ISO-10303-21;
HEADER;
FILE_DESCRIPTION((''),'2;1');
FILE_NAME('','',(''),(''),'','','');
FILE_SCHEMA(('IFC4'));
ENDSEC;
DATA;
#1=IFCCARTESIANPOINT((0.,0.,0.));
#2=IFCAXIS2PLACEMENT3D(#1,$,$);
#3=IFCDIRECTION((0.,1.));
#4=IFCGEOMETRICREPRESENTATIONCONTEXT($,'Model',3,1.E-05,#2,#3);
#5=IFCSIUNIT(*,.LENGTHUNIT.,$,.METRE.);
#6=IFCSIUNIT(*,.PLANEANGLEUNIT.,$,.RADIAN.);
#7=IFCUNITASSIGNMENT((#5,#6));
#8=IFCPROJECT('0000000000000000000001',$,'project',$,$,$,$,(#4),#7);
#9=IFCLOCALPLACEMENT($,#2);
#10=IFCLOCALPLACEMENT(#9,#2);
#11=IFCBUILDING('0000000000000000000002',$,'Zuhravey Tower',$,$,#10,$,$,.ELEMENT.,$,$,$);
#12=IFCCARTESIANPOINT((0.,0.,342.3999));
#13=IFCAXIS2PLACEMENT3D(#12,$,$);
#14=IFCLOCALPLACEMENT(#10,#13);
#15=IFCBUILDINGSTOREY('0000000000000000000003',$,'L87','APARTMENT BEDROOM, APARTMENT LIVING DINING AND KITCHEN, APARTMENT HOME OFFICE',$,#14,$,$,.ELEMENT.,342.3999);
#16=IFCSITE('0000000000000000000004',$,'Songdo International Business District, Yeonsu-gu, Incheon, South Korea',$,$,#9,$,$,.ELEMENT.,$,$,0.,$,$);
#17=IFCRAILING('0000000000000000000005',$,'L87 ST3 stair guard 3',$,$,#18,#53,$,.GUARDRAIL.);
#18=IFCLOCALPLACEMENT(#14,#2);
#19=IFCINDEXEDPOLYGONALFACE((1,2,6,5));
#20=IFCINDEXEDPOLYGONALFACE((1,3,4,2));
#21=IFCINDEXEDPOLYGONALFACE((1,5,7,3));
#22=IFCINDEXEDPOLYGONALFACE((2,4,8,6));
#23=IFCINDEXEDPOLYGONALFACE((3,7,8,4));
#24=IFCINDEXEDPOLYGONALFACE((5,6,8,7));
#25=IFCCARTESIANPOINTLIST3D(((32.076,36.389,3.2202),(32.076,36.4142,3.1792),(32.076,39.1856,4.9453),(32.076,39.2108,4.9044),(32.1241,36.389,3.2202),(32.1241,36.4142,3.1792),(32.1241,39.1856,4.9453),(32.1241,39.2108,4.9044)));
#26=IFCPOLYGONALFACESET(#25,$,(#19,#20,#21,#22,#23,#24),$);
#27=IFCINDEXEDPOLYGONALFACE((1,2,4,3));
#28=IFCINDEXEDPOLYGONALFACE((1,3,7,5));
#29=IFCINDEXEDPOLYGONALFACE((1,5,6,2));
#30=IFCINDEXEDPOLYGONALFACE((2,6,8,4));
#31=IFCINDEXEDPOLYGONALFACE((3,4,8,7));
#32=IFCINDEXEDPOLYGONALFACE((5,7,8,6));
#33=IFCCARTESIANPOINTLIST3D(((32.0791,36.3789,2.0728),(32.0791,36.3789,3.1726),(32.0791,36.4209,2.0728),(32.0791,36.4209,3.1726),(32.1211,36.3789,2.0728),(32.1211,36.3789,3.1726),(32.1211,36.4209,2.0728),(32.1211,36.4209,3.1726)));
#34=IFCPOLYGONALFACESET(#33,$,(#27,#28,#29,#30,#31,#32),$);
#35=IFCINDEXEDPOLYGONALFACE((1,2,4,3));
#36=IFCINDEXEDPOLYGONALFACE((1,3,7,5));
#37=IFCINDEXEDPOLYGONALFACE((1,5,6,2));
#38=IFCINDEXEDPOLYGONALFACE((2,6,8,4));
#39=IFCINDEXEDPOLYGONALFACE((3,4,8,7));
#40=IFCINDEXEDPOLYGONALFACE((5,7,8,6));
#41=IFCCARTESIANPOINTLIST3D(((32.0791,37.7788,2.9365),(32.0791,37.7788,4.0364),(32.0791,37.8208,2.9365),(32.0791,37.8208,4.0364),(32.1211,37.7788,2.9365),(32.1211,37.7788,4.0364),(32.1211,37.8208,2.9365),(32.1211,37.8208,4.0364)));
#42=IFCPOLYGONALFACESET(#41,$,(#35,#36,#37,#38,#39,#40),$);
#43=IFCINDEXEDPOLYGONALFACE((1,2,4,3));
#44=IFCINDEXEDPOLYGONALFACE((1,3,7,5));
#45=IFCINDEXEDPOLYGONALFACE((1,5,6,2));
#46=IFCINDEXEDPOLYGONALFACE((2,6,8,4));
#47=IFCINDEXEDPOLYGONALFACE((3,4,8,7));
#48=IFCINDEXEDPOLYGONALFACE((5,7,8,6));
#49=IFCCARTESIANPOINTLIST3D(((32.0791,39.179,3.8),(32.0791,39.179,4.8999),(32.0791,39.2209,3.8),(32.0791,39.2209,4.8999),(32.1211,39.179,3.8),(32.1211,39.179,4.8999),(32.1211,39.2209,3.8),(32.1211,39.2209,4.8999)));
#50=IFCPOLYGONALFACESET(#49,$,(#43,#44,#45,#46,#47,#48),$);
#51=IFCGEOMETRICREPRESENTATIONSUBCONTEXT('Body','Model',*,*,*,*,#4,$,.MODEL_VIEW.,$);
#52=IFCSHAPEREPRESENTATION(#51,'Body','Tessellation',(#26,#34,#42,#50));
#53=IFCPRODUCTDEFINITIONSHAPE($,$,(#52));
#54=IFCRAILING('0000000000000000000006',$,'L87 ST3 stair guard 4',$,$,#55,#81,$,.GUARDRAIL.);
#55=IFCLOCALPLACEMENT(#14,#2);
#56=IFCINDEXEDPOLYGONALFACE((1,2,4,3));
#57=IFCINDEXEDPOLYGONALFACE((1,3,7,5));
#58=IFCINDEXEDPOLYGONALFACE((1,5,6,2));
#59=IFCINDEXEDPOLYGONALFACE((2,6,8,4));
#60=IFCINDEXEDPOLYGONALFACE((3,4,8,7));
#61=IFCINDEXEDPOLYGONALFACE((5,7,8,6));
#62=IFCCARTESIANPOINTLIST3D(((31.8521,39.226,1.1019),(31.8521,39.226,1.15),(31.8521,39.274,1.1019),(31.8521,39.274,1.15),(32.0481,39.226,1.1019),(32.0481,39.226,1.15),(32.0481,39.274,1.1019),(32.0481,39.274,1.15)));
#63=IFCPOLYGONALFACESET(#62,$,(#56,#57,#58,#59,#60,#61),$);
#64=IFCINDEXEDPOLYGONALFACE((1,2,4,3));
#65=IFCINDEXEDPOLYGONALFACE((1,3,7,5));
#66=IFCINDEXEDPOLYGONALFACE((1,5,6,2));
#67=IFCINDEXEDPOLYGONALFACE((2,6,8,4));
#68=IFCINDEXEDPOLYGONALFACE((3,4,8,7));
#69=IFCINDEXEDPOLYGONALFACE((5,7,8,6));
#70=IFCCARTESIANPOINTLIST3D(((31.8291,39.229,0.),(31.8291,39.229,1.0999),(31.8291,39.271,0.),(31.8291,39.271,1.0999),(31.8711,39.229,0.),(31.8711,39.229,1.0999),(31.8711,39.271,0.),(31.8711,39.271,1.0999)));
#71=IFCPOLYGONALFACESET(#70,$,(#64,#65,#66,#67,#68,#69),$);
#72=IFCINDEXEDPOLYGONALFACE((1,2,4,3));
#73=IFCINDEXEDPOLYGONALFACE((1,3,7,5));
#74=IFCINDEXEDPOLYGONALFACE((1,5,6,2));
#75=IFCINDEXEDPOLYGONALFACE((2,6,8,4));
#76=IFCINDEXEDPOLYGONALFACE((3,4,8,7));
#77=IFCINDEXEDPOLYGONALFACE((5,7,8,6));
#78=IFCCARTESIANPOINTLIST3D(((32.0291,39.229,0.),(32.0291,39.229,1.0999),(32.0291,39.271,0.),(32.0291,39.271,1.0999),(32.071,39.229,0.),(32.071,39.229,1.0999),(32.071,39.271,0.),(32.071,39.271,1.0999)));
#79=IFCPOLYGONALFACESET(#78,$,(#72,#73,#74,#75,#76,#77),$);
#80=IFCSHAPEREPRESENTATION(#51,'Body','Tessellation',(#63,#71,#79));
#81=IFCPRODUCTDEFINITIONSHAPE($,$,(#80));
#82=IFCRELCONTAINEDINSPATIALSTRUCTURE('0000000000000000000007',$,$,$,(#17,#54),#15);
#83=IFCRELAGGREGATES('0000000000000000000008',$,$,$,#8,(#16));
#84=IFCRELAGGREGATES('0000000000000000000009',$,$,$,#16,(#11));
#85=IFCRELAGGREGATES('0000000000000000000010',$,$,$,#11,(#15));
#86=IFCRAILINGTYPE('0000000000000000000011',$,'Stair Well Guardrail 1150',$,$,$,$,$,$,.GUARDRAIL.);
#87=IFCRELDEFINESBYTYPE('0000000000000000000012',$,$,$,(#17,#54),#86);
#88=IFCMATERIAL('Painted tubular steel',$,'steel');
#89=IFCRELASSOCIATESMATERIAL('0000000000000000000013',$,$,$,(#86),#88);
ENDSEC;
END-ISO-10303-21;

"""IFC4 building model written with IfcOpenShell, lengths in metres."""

from ifc_helpers import new_model, si_unit, direction, frame, origin, origin_2d, place, context, subcontext, project, spatial, rectangle, extrude, material, type_object, element, save


model = new_model("IFC4")

# Units and contexts
model_context = context("Model", 3, precision=1e-05, world=origin(), true_north=direction((0.0, 1.0)))
body_context = subcontext(model_context, "Body", "Model", "MODEL_VIEW")
ifc_project = project(units=[si_unit("LENGTHUNIT", "METRE"), si_unit("PLANEANGLEUNIT", "RADIAN")], contexts=[model_context])

# Site, building, storey
site_placement = place(None, origin())
site = spatial("IfcSite", under=ifc_project, at=site_placement, Name="Songdo International Business District, Yeonsu-gu, Incheon, South Korea", CompositionType="ELEMENT", RefElevation=0.0)
building_placement = place(site_placement, origin())
building = spatial("IfcBuilding", under=site, at=building_placement, Name="Zuhravey Tower", CompositionType="ELEMENT")
storey_placement = place(building_placement, frame((0.0, 0.0, 342.3999)))
storey = spatial("IfcBuildingStorey", under=building, at=storey_placement, Name="L87", Description="APARTMENT BEDROOM, APARTMENT LIVING DINING AND KITCHEN, APARTMENT HOME OFFICE", CompositionType="ELEMENT", Elevation=342.3999)

# Railings
ifc_material_1 = material(Name="Painted tubular steel", Category="steel")
railing_type_1 = type_object("IfcRailingType", Name="Stair Well Guardrail 1150", PredefinedType="GUARDRAIL", material=ifc_material_1)
railing_1_placement = place(storey_placement, frame((32.1001, 36.3999, 2.0728)))
element("IfcRailing", 1, at=railing_1_placement, inside=storey, type_object=railing_type_1, Name="L87 ST3 stair guard 3", PredefinedType="GUARDRAIL", context=body_context, shape_type="SweptSolid", body=[
    extrude(rectangle(XDim=0.0481, YDim=0.0481, at=origin_2d()), frame((0.0, 0.0017, 1.127), z_axis=(0.0, 0.85109, 0.52502), x_axis=(-1.0, 0.0, 0.0)), (0.0, 0.0, 1.0), 3.2859),
    extrude(rectangle(XDim=0.042, YDim=0.042, at=origin_2d()), origin(), (0.0, 0.0, 1.0), 1.0999),
    extrude(rectangle(XDim=0.042, YDim=0.042, at=origin_2d()), frame((0.0, 1.3999, 0.8638)), (0.0, 0.0, 1.0), 1.0999),
    extrude(rectangle(XDim=0.042, YDim=0.042, at=origin_2d()), frame((0.0, 2.8, 1.7273)), (0.0, 0.0, 1.0), 1.0999),
])
railing_2_placement = place(storey_placement, frame((31.8501, 39.25, 0.0)))
element("IfcRailing", 2, at=railing_2_placement, inside=storey, type_object=railing_type_1, Name="L87 ST3 stair guard 4", PredefinedType="GUARDRAIL", context=body_context, shape_type="SweptSolid", body=[
    extrude(rectangle(XDim=0.0481, YDim=0.0481, at=origin_2d()), frame((0.002, 0.0, 1.126), z_axis=(1.0, 0.0, 0.0), x_axis=(0.0, 1.0, 0.0)), (0.0, 0.0, 1.0), 0.196),
    extrude(rectangle(XDim=0.042, YDim=0.042, at=origin_2d()), origin(), (0.0, 0.0, 1.0), 1.0999),
    extrude(rectangle(XDim=0.042, YDim=0.042, at=origin_2d()), frame((0.2, 0.0, 0.0)), (0.0, 0.0, 1.0), 1.0999),
])

save(model, "model.ifc")
